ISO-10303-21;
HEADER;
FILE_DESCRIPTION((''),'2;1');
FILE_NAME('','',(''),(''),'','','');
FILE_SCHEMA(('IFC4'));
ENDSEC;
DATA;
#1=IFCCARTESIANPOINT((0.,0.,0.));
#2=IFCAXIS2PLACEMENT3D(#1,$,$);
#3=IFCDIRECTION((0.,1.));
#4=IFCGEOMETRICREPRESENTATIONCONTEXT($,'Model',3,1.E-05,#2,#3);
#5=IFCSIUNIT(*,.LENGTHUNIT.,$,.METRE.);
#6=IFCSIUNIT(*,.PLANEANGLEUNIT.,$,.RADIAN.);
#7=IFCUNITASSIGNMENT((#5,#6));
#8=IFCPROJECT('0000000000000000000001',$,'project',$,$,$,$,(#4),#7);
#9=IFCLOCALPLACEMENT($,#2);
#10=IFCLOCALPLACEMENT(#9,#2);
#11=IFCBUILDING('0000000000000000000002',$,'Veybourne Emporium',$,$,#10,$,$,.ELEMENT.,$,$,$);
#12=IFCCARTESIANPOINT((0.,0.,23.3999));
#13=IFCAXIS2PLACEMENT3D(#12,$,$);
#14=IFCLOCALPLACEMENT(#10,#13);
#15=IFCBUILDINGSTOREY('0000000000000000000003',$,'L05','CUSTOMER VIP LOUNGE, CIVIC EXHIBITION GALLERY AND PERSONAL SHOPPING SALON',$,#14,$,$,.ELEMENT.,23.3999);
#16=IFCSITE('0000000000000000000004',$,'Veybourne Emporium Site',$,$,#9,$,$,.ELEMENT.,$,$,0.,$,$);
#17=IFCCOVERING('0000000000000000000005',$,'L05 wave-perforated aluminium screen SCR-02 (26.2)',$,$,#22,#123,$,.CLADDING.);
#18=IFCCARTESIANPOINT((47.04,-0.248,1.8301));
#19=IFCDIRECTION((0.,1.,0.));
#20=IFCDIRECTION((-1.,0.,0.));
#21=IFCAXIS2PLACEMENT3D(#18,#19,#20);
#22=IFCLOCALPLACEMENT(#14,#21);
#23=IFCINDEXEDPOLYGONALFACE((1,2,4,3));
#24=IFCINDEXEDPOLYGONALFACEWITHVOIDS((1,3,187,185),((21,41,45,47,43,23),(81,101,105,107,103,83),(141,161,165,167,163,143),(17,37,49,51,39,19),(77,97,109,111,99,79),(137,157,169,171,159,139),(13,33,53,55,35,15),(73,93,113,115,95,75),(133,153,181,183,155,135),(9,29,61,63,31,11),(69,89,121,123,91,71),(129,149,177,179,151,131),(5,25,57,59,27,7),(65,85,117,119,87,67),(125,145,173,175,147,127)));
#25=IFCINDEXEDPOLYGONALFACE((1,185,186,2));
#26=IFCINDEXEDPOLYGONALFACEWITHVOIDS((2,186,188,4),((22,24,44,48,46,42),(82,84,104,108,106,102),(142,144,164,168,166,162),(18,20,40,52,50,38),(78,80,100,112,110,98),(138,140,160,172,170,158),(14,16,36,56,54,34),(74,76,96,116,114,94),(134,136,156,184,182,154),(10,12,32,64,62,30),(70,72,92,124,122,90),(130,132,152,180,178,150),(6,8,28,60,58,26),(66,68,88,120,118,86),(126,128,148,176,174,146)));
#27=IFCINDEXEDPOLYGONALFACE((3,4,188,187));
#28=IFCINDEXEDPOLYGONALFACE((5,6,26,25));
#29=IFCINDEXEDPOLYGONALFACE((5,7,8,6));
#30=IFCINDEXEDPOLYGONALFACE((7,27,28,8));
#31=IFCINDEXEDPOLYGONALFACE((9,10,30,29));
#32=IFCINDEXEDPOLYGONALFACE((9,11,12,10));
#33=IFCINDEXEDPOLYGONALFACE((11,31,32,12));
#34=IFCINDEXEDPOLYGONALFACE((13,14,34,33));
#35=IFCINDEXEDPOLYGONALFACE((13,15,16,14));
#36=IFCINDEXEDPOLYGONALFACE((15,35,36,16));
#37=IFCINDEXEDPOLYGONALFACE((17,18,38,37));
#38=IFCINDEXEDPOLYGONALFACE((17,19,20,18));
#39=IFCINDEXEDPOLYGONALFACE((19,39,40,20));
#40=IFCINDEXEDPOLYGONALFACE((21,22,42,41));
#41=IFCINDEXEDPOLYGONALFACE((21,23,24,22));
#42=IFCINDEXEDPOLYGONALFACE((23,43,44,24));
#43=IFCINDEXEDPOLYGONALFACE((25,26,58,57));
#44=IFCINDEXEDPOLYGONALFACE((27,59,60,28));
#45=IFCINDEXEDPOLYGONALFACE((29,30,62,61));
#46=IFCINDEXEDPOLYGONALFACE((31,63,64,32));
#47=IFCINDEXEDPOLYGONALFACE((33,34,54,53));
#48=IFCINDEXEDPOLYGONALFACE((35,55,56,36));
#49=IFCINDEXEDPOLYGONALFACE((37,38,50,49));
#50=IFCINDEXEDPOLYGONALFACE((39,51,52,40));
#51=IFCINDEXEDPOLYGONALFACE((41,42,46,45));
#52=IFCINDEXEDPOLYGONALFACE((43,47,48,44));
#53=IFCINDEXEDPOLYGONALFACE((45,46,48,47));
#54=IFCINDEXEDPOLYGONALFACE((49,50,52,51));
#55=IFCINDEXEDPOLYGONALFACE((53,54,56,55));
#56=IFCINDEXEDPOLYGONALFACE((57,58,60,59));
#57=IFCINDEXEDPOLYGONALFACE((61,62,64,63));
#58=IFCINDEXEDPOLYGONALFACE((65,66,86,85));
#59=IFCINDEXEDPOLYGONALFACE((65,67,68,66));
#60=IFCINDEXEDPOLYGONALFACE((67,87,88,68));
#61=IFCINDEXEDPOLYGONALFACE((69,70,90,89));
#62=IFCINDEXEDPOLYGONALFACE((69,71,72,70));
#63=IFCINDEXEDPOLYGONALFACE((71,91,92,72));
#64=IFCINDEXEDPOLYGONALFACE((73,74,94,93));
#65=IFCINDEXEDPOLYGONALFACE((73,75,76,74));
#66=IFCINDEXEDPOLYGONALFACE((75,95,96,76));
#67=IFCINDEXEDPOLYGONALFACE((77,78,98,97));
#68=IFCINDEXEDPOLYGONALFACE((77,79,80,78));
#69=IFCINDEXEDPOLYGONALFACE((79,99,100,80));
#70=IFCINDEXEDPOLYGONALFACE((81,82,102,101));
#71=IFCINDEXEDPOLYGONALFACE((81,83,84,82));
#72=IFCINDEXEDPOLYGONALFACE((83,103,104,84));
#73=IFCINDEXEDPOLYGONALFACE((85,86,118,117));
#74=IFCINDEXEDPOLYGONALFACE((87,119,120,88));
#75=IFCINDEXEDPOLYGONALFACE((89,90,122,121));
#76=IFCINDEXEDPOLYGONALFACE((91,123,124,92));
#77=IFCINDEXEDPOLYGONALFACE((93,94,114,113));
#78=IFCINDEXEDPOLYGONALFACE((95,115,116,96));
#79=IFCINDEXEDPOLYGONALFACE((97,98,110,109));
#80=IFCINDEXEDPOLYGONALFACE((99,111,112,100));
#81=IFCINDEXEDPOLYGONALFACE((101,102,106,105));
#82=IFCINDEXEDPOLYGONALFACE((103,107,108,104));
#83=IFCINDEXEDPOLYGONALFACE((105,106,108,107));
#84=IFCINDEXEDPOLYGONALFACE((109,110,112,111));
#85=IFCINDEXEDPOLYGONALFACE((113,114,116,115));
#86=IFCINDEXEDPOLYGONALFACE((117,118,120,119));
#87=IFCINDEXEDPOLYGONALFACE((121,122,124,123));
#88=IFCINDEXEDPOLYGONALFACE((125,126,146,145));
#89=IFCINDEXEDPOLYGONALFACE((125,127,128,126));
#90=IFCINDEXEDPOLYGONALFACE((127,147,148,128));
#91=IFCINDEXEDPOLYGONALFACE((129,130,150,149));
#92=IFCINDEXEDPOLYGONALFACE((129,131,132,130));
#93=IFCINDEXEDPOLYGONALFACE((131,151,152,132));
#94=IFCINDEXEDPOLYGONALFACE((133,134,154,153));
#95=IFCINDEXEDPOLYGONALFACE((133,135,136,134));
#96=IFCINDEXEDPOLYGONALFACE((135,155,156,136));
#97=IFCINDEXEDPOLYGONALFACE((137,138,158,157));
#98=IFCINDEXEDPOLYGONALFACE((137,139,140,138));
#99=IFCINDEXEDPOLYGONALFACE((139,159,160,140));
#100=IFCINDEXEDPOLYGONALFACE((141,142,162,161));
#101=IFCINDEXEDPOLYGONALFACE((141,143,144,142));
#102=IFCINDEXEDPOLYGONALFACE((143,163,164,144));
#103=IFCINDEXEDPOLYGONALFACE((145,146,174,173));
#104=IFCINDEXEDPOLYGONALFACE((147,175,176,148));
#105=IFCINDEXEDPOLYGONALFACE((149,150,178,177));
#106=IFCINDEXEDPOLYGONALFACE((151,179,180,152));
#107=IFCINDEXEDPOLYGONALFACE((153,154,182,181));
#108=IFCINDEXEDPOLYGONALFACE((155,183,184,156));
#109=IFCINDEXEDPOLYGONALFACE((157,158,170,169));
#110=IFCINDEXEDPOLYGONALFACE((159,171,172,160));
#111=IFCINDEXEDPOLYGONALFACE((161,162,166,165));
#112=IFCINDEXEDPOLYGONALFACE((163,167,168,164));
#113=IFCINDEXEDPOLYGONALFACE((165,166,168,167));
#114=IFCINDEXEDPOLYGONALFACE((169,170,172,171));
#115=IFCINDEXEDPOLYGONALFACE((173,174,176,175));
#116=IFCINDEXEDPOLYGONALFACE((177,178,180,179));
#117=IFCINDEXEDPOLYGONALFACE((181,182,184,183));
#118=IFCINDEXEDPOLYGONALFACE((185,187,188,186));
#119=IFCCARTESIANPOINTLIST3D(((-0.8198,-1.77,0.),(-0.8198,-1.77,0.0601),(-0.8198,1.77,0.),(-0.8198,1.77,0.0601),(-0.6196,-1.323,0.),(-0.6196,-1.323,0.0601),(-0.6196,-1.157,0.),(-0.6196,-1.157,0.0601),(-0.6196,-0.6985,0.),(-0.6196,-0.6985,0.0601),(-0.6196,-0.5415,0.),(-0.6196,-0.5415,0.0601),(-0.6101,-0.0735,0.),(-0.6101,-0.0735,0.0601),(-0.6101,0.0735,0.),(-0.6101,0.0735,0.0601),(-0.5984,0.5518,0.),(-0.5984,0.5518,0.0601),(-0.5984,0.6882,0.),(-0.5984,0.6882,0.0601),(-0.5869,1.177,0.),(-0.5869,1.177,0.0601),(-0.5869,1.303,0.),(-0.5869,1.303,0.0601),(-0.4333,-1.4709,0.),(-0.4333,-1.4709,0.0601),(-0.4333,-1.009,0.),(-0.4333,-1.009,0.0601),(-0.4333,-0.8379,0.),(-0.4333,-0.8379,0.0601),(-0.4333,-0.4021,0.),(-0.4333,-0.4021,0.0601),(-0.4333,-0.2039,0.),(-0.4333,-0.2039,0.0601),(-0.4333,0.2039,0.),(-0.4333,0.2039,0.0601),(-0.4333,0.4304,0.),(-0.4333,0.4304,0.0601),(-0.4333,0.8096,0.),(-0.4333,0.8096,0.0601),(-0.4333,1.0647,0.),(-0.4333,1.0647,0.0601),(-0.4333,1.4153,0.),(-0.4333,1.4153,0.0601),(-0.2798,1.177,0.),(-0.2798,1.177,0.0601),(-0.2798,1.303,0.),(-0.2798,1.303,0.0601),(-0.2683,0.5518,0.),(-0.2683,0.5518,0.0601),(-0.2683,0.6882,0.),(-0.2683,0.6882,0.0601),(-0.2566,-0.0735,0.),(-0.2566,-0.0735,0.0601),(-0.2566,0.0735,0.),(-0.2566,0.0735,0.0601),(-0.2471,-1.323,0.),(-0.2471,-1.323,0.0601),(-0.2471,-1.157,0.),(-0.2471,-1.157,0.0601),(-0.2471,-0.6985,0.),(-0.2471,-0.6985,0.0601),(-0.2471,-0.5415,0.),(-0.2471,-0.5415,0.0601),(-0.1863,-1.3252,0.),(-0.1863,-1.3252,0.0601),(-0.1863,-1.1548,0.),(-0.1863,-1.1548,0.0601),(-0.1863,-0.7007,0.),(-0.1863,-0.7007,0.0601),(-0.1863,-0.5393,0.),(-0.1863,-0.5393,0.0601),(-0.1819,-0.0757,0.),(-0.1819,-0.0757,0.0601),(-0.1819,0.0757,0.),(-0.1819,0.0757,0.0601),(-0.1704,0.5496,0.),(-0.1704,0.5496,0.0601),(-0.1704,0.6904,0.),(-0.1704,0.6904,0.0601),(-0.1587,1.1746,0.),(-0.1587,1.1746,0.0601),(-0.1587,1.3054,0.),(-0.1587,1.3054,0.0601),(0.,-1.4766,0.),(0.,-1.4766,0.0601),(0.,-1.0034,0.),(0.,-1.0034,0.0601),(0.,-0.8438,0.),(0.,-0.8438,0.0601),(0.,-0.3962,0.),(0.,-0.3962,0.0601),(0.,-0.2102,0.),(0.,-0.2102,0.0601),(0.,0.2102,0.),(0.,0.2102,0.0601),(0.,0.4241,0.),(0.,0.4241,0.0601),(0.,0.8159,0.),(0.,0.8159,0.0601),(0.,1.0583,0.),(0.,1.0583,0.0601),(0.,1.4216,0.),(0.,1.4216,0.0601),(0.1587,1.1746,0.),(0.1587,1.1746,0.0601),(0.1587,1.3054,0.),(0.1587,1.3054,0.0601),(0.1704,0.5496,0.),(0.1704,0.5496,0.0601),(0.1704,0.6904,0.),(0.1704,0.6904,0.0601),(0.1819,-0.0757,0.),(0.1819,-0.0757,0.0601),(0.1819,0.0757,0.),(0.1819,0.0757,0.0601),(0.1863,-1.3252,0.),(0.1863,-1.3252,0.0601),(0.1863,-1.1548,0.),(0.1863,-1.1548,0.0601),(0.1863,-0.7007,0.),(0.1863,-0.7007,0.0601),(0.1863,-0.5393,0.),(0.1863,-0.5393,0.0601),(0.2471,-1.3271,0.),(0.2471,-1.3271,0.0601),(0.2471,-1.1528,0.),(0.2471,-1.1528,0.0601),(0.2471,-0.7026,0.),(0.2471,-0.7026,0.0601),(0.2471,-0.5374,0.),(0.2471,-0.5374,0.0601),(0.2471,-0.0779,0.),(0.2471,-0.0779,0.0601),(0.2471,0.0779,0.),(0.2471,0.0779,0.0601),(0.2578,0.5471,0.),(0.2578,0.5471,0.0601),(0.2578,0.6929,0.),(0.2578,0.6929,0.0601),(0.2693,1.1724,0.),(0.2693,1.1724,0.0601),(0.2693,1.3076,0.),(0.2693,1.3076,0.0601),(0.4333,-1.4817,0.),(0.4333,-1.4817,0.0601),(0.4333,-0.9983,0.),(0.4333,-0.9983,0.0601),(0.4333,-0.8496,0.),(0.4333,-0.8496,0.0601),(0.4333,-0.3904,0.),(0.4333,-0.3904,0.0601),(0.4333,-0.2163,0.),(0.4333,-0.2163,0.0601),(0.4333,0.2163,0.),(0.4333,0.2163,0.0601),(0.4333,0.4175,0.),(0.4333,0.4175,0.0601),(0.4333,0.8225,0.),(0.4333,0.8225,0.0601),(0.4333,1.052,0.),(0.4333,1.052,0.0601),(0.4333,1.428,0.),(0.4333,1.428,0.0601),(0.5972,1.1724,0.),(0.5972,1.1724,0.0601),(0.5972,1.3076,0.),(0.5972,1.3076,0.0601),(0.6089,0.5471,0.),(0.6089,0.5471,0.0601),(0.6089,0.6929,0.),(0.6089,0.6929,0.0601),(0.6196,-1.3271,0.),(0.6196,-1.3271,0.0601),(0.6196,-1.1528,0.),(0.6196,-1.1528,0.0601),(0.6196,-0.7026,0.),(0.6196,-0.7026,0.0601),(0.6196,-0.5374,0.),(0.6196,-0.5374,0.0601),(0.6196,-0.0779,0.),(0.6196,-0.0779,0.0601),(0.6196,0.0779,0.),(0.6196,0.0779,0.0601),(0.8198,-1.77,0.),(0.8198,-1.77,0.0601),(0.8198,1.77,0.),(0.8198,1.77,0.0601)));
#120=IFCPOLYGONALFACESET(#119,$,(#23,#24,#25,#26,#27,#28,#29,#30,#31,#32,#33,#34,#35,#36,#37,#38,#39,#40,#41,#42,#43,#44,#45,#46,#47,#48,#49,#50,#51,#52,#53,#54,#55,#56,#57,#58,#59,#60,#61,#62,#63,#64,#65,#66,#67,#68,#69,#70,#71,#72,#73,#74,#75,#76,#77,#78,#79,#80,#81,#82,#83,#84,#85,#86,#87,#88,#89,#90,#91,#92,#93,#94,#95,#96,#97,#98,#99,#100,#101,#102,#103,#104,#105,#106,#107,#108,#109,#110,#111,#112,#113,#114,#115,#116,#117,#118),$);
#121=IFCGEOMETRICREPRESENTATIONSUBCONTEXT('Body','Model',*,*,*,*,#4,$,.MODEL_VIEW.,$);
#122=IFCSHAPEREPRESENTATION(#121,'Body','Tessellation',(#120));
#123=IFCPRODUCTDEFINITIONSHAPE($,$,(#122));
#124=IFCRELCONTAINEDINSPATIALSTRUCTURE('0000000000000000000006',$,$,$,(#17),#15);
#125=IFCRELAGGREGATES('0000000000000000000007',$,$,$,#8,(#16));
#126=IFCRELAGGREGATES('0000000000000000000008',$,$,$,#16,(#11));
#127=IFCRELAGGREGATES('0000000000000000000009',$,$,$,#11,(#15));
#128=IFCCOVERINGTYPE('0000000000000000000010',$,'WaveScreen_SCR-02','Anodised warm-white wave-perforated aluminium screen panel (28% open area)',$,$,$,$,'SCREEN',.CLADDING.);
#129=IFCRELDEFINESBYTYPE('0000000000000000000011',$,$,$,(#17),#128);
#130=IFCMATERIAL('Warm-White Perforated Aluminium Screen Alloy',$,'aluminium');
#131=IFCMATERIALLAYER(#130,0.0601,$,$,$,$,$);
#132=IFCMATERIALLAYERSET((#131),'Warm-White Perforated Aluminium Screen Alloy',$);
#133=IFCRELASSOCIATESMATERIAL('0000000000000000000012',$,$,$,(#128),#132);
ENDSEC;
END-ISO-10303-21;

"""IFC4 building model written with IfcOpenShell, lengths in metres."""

from ifc_helpers import new_model, si_unit, direction, frame, origin, place, context, subcontext, project, spatial, polyline, outline, extrude, material, layer, layer_set, type_object, element, save


model = new_model("IFC4")

# Units and contexts
model_context = context("Model", 3, precision=1e-05, world=origin(), true_north=direction((0.0, 1.0)))
body_context = subcontext(model_context, "Body", "Model", "MODEL_VIEW")
ifc_project = project(units=[si_unit("LENGTHUNIT", "METRE"), si_unit("PLANEANGLEUNIT", "RADIAN")], contexts=[model_context])

# Site, building, storey
site_placement = place(None, origin())
site = spatial("IfcSite", under=ifc_project, at=site_placement, Name="Veybourne Emporium Site", CompositionType="ELEMENT", RefElevation=0.0)
building_placement = place(site_placement, origin())
building = spatial("IfcBuilding", under=site, at=building_placement, Name="Veybourne Emporium", CompositionType="ELEMENT")
storey_placement = place(building_placement, frame((0.0, 0.0, 23.3999)))
storey = spatial("IfcBuildingStorey", under=building, at=storey_placement, Name="L05", Description="CUSTOMER VIP LOUNGE, CIVIC EXHIBITION GALLERY AND PERSONAL SHOPPING SALON", CompositionType="ELEMENT", Elevation=23.3999)

# Covering
ifc_material_1 = material(Name="Warm-White Perforated Aluminium Screen Alloy", Category="aluminium")
ifc_layer_1 = layer(ifc_material_1, 0.0601)
ifc_layer_set_1 = layer_set([ifc_layer_1], Name="Warm-White Perforated Aluminium Screen Alloy")
covering_type_1 = type_object("IfcCoveringType", Name="WaveScreen_SCR-02", Description="Anodised warm-white wave-perforated aluminium screen panel (28% open area)", ElementType="SCREEN", PredefinedType="CLADDING", material=ifc_layer_set_1)
covering_1_placement = place(storey_placement, frame((47.04, -0.248, 1.8301), z_axis=(0.0, 1.0, 0.0), x_axis=(-1.0, 0.0, 0.0)))
element("IfcCovering", 1, at=covering_1_placement, inside=storey, type_object=covering_type_1, Name="L05 wave-perforated aluminium screen SCR-02 (26.2)", PredefinedType="CLADDING", context=body_context, shape_type="SweptSolid", body=[
    extrude(outline(polyline([(-0.8198, -1.77), (0.8198, -1.77), (0.8198, 1.77), (-0.8198, 1.77), (-0.8198, -1.77)]), holes=[polyline([(-0.4333, -1.009), (-0.2471, -1.157), (-0.2471, -1.323), (-0.4333, -1.4709), (-0.6196, -1.323), (-0.6196, -1.157), (-0.4333, -1.009)]), polyline([(-0.4333, -0.4021), (-0.2471, -0.5415), (-0.2471, -0.6985), (-0.4333, -0.8379), (-0.6196, -0.6985), (-0.6196, -0.5415), (-0.4333, -0.4021)]), polyline([(-0.4333, 0.2039), (-0.2566, 0.0735), (-0.2566, -0.0735), (-0.4333, -0.2039), (-0.6101, -0.0735), (-0.6101, 0.0735), (-0.4333, 0.2039)]), polyline([(-0.4333, 0.8096), (-0.2683, 0.6882), (-0.2683, 0.5518), (-0.4333, 0.4304), (-0.5984, 0.5518), (-0.5984, 0.6882), (-0.4333, 0.8096)]), polyline([(-0.4333, 1.4153), (-0.2798, 1.303), (-0.2798, 1.177), (-0.4333, 1.0647), (-0.5869, 1.177), (-0.5869, 1.303), (-0.4333, 1.4153)]), polyline([(0.0, -1.0034), (0.1863, -1.1548), (0.1863, -1.3252), (0.0, -1.4766), (-0.1863, -1.3252), (-0.1863, -1.1548), (0.0, -1.0034)]), polyline([(0.0, -0.3962), (0.1863, -0.5393), (0.1863, -0.7007), (0.0, -0.8438), (-0.1863, -0.7007), (-0.1863, -0.5393), (0.0, -0.3962)]), polyline([(0.0, 0.2102), (0.1819, 0.0757), (0.1819, -0.0757), (0.0, -0.2102), (-0.1819, -0.0757), (-0.1819, 0.0757), (0.0, 0.2102)]), polyline([(0.0, 0.8159), (0.1704, 0.6904), (0.1704, 0.5496), (0.0, 0.4241), (-0.1704, 0.5496), (-0.1704, 0.6904), (0.0, 0.8159)]), polyline([(0.0, 1.4216), (0.1587, 1.3054), (0.1587, 1.1746), (0.0, 1.0583), (-0.1587, 1.1746), (-0.1587, 1.3054), (0.0, 1.4216)]), polyline([(0.4333, -0.9983), (0.6196, -1.1528), (0.6196, -1.3271), (0.4333, -1.4817), (0.2471, -1.3271), (0.2471, -1.1528), (0.4333, -0.9983)]), polyline([(0.4333, -0.3904), (0.6196, -0.5374), (0.6196, -0.7026), (0.4333, -0.8496), (0.2471, -0.7026), (0.2471, -0.5374), (0.4333, -0.3904)]), polyline([(0.4333, 0.2163), (0.6196, 0.0779), (0.6196, -0.0779), (0.4333, -0.2163), (0.2471, -0.0779), (0.2471, 0.0779), (0.4333, 0.2163)]), polyline([(0.4333, 0.8225), (0.6089, 0.6929), (0.6089, 0.5471), (0.4333, 0.4175), (0.2578, 0.5471), (0.2578, 0.6929), (0.4333, 0.8225)]), polyline([(0.4333, 1.428), (0.5972, 1.3076), (0.5972, 1.1724), (0.4333, 1.052), (0.2693, 1.1724), (0.2693, 1.3076), (0.4333, 1.428)])]), origin(), (0.0, 0.0, 1.0), 0.0601),
])

save(model, "model.ifc")
